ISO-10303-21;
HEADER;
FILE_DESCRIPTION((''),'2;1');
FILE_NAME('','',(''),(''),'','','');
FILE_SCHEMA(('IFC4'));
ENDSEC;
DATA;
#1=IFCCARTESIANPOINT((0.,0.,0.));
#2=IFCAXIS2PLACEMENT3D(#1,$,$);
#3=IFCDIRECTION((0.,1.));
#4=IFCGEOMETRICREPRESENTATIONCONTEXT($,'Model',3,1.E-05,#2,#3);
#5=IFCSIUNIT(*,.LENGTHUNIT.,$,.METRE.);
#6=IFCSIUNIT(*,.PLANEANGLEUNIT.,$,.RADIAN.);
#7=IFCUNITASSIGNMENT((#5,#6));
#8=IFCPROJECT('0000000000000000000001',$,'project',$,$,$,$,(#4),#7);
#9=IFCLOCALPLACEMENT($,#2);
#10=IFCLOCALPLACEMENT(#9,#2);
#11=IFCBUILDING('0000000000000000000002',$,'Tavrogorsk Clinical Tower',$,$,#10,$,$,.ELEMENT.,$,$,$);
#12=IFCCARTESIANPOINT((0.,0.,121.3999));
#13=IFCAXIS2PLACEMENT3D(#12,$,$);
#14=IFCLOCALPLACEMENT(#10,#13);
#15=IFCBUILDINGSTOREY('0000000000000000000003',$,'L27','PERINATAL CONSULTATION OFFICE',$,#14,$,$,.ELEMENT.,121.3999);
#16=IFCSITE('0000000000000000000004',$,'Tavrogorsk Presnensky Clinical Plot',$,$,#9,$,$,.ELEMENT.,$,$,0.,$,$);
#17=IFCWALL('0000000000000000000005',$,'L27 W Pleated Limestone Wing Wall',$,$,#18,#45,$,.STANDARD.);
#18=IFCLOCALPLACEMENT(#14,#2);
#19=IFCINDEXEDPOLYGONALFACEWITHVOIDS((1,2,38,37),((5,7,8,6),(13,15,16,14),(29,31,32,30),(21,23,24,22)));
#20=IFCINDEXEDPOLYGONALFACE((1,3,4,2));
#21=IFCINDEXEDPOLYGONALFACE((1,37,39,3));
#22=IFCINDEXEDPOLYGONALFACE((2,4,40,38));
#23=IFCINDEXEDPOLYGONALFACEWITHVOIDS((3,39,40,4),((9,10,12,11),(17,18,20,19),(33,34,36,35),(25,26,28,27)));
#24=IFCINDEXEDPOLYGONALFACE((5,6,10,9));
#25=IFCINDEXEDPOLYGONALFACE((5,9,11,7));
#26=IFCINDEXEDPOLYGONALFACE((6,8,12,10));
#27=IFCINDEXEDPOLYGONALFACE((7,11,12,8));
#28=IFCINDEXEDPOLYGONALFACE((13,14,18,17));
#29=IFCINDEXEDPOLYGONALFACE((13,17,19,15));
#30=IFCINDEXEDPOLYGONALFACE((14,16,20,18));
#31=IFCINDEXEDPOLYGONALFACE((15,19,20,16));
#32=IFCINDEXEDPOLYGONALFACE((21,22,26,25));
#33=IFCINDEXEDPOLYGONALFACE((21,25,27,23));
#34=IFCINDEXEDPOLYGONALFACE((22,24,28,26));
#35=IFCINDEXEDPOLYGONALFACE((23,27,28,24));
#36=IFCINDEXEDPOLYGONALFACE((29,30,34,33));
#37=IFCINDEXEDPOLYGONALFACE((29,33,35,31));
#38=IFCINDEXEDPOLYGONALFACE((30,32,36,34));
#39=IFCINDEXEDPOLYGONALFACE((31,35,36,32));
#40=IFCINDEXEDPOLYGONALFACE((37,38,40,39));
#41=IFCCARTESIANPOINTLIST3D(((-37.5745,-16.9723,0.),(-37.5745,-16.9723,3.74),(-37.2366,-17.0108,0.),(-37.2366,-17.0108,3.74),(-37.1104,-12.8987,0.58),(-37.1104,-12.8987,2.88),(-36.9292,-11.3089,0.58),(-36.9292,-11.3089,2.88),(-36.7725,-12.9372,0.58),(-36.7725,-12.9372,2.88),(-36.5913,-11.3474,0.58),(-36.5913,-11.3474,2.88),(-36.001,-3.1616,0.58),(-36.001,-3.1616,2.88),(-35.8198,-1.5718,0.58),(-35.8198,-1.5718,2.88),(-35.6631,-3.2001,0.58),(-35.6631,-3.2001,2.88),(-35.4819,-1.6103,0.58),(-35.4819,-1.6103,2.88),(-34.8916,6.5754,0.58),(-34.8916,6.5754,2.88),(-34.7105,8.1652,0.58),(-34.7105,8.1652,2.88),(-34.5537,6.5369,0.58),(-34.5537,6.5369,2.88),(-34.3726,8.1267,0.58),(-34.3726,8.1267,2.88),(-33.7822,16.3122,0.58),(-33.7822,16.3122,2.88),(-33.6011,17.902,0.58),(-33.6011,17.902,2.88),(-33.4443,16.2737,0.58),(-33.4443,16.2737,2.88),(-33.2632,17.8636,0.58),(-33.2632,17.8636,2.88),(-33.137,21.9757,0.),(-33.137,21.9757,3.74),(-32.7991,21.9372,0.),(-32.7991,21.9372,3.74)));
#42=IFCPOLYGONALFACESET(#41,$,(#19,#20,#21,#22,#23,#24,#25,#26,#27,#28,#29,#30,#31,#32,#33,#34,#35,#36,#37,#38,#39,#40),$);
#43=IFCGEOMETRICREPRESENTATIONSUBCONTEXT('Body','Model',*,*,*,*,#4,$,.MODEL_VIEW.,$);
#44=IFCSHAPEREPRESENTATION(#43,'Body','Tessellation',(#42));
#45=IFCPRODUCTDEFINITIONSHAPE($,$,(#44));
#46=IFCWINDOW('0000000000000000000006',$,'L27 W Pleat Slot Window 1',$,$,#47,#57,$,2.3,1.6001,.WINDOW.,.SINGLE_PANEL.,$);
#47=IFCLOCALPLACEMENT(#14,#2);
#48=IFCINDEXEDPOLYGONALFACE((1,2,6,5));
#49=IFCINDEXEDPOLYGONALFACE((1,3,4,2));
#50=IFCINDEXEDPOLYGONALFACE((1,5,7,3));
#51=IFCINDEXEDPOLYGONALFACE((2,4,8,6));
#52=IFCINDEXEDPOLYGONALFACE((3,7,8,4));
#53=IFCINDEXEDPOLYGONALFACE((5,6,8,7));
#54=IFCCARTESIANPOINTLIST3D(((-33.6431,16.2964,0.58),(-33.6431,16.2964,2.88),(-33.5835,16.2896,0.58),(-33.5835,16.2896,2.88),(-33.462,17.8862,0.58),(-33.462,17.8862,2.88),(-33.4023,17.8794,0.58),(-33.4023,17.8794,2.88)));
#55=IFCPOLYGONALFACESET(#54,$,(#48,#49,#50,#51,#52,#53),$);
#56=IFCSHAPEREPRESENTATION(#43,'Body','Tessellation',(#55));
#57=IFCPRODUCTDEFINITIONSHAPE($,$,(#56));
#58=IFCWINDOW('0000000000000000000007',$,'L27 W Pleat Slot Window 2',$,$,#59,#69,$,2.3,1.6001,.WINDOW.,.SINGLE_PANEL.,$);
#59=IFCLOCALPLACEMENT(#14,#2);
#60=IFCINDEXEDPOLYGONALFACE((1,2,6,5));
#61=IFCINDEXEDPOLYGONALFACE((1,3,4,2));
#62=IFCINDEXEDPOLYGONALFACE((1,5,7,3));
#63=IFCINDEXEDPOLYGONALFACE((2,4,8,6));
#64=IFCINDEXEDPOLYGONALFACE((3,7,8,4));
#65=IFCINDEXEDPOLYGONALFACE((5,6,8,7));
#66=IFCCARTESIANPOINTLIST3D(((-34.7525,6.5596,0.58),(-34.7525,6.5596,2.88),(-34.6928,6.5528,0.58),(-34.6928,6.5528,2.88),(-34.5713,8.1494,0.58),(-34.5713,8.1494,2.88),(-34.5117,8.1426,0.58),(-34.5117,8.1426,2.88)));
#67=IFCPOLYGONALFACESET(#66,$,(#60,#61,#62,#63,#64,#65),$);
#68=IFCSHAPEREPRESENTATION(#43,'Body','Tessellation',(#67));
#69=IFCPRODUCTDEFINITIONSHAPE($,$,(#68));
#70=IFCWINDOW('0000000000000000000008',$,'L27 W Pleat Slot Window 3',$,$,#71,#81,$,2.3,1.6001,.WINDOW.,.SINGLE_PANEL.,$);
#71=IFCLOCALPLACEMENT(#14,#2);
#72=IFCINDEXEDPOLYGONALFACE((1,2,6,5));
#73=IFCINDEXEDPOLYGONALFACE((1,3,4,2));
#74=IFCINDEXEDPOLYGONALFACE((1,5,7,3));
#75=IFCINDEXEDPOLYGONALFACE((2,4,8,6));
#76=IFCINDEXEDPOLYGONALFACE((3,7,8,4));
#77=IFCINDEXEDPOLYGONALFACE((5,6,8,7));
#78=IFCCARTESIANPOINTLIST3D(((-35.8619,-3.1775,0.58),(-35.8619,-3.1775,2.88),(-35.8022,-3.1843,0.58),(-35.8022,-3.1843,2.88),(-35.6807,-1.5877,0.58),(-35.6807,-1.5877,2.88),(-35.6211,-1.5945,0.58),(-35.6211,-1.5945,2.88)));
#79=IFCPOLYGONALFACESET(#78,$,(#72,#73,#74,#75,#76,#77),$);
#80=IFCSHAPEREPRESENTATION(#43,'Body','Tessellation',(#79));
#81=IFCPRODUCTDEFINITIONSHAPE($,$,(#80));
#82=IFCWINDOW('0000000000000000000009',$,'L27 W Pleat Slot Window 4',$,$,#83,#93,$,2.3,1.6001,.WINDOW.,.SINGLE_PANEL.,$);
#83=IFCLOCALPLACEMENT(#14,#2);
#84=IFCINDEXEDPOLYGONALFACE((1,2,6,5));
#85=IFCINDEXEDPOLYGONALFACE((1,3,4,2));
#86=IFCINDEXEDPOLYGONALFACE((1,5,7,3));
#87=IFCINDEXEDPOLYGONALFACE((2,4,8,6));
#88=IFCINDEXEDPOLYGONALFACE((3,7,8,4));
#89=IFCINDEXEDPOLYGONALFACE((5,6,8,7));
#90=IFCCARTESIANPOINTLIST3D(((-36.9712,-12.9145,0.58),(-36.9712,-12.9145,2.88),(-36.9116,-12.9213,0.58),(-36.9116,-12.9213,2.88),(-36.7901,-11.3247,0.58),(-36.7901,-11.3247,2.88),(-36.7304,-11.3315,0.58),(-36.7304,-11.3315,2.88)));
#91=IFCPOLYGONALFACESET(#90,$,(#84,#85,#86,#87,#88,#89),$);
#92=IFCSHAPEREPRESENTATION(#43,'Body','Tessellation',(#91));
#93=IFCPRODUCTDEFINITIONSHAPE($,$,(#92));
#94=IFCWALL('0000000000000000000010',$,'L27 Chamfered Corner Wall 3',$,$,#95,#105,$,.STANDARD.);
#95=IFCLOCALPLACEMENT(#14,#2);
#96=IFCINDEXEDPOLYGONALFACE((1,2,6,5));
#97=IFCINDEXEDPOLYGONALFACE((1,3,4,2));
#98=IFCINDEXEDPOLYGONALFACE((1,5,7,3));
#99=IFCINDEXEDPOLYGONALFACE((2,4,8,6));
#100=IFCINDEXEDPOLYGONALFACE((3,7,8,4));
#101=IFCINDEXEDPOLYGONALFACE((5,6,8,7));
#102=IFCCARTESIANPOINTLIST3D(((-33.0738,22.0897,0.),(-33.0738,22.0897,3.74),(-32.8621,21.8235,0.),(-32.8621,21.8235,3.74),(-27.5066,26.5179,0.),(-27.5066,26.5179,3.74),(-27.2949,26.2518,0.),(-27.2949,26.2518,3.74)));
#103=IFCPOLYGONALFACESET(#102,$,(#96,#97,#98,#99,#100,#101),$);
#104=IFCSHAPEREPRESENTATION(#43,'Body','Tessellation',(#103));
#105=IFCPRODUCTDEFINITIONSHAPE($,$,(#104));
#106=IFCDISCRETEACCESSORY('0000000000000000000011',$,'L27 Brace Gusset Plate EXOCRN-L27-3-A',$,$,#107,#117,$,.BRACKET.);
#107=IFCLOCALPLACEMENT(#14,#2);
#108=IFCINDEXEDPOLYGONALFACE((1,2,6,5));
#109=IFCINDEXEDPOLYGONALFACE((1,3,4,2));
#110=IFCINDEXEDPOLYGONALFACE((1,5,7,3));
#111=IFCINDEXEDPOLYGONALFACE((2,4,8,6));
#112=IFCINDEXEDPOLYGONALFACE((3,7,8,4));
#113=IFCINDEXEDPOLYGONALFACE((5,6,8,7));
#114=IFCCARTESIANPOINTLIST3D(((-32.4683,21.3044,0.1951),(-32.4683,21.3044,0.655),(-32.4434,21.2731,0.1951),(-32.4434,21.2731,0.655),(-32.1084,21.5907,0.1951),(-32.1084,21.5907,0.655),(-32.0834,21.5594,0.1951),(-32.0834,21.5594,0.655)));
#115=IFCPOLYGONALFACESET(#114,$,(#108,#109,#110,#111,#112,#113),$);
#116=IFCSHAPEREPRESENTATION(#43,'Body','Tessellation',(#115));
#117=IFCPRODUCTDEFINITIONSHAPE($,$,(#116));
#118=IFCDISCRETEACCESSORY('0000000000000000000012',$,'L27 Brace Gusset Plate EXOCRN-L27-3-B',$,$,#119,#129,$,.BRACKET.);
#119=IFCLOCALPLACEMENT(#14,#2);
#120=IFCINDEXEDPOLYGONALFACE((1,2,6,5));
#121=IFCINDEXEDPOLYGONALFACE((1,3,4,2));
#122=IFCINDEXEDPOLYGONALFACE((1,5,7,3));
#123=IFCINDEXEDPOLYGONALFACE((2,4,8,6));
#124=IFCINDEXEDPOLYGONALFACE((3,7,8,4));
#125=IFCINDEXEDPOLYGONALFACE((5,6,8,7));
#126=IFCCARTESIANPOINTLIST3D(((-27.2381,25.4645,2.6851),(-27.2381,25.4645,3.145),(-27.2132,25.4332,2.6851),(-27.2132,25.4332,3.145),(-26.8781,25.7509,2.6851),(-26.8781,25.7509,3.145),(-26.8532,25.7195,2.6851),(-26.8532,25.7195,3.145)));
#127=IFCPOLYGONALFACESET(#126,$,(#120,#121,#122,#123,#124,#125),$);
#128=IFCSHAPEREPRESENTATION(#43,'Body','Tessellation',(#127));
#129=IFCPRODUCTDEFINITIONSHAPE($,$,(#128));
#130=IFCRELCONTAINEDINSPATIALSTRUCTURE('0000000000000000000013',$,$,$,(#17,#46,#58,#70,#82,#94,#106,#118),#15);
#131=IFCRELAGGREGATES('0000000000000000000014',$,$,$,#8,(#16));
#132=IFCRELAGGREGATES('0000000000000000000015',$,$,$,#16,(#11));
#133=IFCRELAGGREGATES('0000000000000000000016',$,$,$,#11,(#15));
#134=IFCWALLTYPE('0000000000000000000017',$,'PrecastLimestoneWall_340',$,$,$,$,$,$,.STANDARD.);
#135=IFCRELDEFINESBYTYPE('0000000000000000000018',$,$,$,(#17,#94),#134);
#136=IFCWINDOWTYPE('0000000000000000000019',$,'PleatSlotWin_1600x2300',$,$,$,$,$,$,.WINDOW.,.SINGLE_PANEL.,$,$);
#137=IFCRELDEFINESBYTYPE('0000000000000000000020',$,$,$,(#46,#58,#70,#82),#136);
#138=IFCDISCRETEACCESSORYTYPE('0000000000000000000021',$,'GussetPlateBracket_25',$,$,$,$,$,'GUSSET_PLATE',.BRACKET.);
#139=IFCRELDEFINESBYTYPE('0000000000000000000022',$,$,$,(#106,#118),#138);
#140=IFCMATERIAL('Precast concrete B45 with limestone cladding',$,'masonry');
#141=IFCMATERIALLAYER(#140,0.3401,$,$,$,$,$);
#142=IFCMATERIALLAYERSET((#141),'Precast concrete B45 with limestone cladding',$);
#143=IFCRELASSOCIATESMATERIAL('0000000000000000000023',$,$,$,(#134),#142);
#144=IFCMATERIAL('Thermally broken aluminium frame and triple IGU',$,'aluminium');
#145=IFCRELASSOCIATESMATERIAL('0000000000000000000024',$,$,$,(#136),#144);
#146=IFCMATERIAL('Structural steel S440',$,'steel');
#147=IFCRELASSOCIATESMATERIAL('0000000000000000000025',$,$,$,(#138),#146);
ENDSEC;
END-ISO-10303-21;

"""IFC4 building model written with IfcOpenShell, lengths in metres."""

from ifc_helpers import new_model, si_unit, direction, frame, frame_2d, origin, origin_2d, place, context, subcontext, project, spatial, rectangle, extrude, material, layer, layer_set, type_object, element, fill, save


model = new_model("IFC4")

# Units and contexts
model_context = context("Model", 3, precision=1e-05, world=origin(), true_north=direction((0.0, 1.0)))
body_context = subcontext(model_context, "Body", "Model", "MODEL_VIEW")
ifc_project = project(units=[si_unit("LENGTHUNIT", "METRE"), si_unit("PLANEANGLEUNIT", "RADIAN")], contexts=[model_context])

# Site, building, storey
site_placement = place(None, origin())
site = spatial("IfcSite", under=ifc_project, at=site_placement, Name="Tavrogorsk Presnensky Clinical Plot", CompositionType="ELEMENT", RefElevation=0.0)
building_placement = place(site_placement, origin())
building = spatial("IfcBuilding", under=site, at=building_placement, Name="Tavrogorsk Clinical Tower", CompositionType="ELEMENT")
storey_placement = place(building_placement, frame((0.0, 0.0, 121.3999)))
storey = spatial("IfcBuildingStorey", under=building, at=storey_placement, Name="L27", Description="PERINATAL CONSULTATION OFFICE", CompositionType="ELEMENT", Elevation=121.3999)

# Wall, openings, windows
ifc_material_1 = material(Name="Precast concrete B45 with limestone cladding", Category="masonry")
ifc_layer_1 = layer(ifc_material_1, 0.3401)
ifc_layer_set_1 = layer_set([ifc_layer_1], Name="Precast concrete B45 with limestone cladding")
wall_type_1 = type_object("IfcWallType", Name="PrecastLimestoneWall_340", PredefinedType="STANDARD", material=ifc_layer_set_1)
wall_1_placement = place(storey_placement, frame((-32.968, 21.9565, 0.0), z_axis=(0.0, 0.0, 1.0), x_axis=(-0.113202, -0.993572, 0.0)))
wall_1 = element("IfcWall", 1, at=wall_1_placement, inside=storey, type_object=wall_type_1, Name="L27 W Pleated Limestone Wing Wall", PredefinedType="STANDARD", context=body_context, shape_type="SweptSolid", body=[
    extrude(rectangle(XDim=39.2, YDim=0.3401, at=frame_2d((19.6001, 0.0))), origin(), (0.0, 0.0, 1.0), 3.74),
])
opening_1_placement = place(wall_1_placement, frame((4.1001, 0.0, 0.5801)))
opening_1 = element("IfcOpeningElement", 2, at=opening_1_placement, cuts=wall_1, PredefinedType="OPENING", context=body_context, shape_type="SweptSolid", body=[
    extrude(rectangle(XDim=1.6001, YDim=2.3, at=frame_2d((0.8, 1.1499))), frame((0.0, 0.1799, 0.0), z_axis=(0.0, -1.0, 0.0), x_axis=(1.0, 0.0, 0.0)), (0.0, 0.0, 1.0), 0.3601),
])
opening_2_placement = place(wall_1_placement, frame((13.8999, 0.0, 0.5801)))
opening_2 = element("IfcOpeningElement", 3, at=opening_2_placement, cuts=wall_1, PredefinedType="OPENING", context=body_context, shape_type="SweptSolid", body=[
    extrude(rectangle(XDim=1.6001, YDim=2.3, at=frame_2d((0.8, 1.1499))), frame((0.0, 0.1799, 0.0), z_axis=(0.0, -1.0, 0.0), x_axis=(1.0, 0.0, 0.0)), (0.0, 0.0, 1.0), 0.3601),
])
opening_3_placement = place(wall_1_placement, frame((23.7, 0.0, 0.5801)))
opening_3 = element("IfcOpeningElement", 4, at=opening_3_placement, cuts=wall_1, PredefinedType="OPENING", context=body_context, shape_type="SweptSolid", body=[
    extrude(rectangle(XDim=1.6001, YDim=2.3, at=frame_2d((0.8, 1.1499))), frame((0.0, 0.1799, 0.0), z_axis=(0.0, -1.0, 0.0), x_axis=(1.0, 0.0, 0.0)), (0.0, 0.0, 1.0), 0.3601),
])
opening_4_placement = place(wall_1_placement, frame((33.5, 0.0, 0.5801)))
opening_4 = element("IfcOpeningElement", 5, at=opening_4_placement, cuts=wall_1, PredefinedType="OPENING", context=body_context, shape_type="SweptSolid", body=[
    extrude(rectangle(XDim=1.6001, YDim=2.3, at=frame_2d((0.8, 1.1499))), frame((0.0, 0.1799, 0.0), z_axis=(0.0, -1.0, 0.0), x_axis=(1.0, 0.0, 0.0)), (0.0, 0.0, 1.0), 0.3601),
])
ifc_material_2 = material(Name="Thermally broken aluminium frame and triple IGU", Category="aluminium")
window_type = type_object("IfcWindowType", Name="PleatSlotWin_1600x2300", PartitioningType="SINGLE_PANEL", PredefinedType="WINDOW", material=ifc_material_2)
window_1_placement = place(opening_1_placement, origin())
window_1 = element("IfcWindow", 6, at=window_1_placement, inside=storey, type_object=window_type, Name="L27 W Pleat Slot Window 1", OverallHeight=2.3, OverallWidth=1.6001, PartitioningType="SINGLE_PANEL", PredefinedType="WINDOW", context=body_context, shape_type="SweptSolid", body=[
    extrude(rectangle(XDim=1.6001, YDim=2.3, at=frame_2d((0.8, 1.1499))), frame((0.0, 0.03, 0.0), z_axis=(0.0, -1.0, 0.0), x_axis=(1.0, 0.0, 0.0)), (0.0, 0.0, 1.0), 0.0601),
])
fill(opening_1, window_1)
window_2_placement = place(opening_2_placement, origin())
window_2 = element("IfcWindow", 7, at=window_2_placement, inside=storey, type_object=window_type, Name="L27 W Pleat Slot Window 2", OverallHeight=2.3, OverallWidth=1.6001, PartitioningType="SINGLE_PANEL", PredefinedType="WINDOW", context=body_context, shape_type="SweptSolid", body=[
    extrude(rectangle(XDim=1.6001, YDim=2.3, at=frame_2d((0.8, 1.1499))), frame((0.0, 0.03, 0.0), z_axis=(0.0, -1.0, 0.0), x_axis=(1.0, 0.0, 0.0)), (0.0, 0.0, 1.0), 0.0601),
])
fill(opening_2, window_2)
window_3_placement = place(opening_3_placement, origin())
window_3 = element("IfcWindow", 8, at=window_3_placement, inside=storey, type_object=window_type, Name="L27 W Pleat Slot Window 3", OverallHeight=2.3, OverallWidth=1.6001, PartitioningType="SINGLE_PANEL", PredefinedType="WINDOW", context=body_context, shape_type="SweptSolid", body=[
    extrude(rectangle(XDim=1.6001, YDim=2.3, at=frame_2d((0.8, 1.1499))), frame((0.0, 0.03, 0.0), z_axis=(0.0, -1.0, 0.0), x_axis=(1.0, 0.0, 0.0)), (0.0, 0.0, 1.0), 0.0601),
])
fill(opening_3, window_3)
window_4_placement = place(opening_4_placement, origin())
window_4 = element("IfcWindow", 9, at=window_4_placement, inside=storey, type_object=window_type, Name="L27 W Pleat Slot Window 4", OverallHeight=2.3, OverallWidth=1.6001, PartitioningType="SINGLE_PANEL", PredefinedType="WINDOW", context=body_context, shape_type="SweptSolid", body=[
    extrude(rectangle(XDim=1.6001, YDim=2.3, at=frame_2d((0.8, 1.1499))), frame((0.0, 0.03, 0.0), z_axis=(0.0, -1.0, 0.0), x_axis=(1.0, 0.0, 0.0)), (0.0, 0.0, 1.0), 0.0601),
])
fill(opening_4, window_4)

# Wall
wall_2_placement = place(storey_placement, frame((-27.4009, 26.3848, 0.0), z_axis=(0.0, 0.0, 1.0), x_axis=(-0.782614, -0.622508, 0.0)))
element("IfcWall", 10, at=wall_2_placement, inside=storey, type_object=wall_type_1, Name="L27 Chamfered Corner Wall 3", PredefinedType="STANDARD", context=body_context, shape_type="SweptSolid", body=[
    extrude(rectangle(XDim=7.1135, YDim=0.3401, at=frame_2d((3.5566, 0.0))), origin(), (0.0, 0.0, 1.0), 3.74),
])

# Discrete accessories
ifc_material_3 = material(Name="Structural steel S440", Category="steel")
discrete_accessory_type = type_object("IfcDiscreteAccessoryType", Name="GussetPlateBracket_25", ElementType="GUSSET_PLATE", PredefinedType="BRACKET", material=ifc_material_3)
for number, where, z_axis, x_axis, name in (
    (11, (-32.2759, 21.4319, 0.1951), (0.0, 0.0, 1.0), (0.782608, 0.622515, 0.0), "L27 Brace Gusset Plate EXOCRN-L27-3-A"),
    (12, (-27.0457, 25.592, 2.6851), (0.0, 0.0, 1.0), (0.782608, 0.622515, 0.0), "L27 Brace Gusset Plate EXOCRN-L27-3-B"),
):
    element("IfcDiscreteAccessory", number, at=place(storey_placement, frame(where, z_axis=z_axis, x_axis=x_axis)), inside=storey, type_object=discrete_accessory_type, Name=name, PredefinedType="BRACKET", context=body_context, shape_type="SweptSolid", body=[
        extrude(rectangle(XDim=0.46, YDim=0.04, at=origin_2d()), origin(), (0.0, 0.0, 1.0), 0.46),
    ])

save(model, "model.ifc")
